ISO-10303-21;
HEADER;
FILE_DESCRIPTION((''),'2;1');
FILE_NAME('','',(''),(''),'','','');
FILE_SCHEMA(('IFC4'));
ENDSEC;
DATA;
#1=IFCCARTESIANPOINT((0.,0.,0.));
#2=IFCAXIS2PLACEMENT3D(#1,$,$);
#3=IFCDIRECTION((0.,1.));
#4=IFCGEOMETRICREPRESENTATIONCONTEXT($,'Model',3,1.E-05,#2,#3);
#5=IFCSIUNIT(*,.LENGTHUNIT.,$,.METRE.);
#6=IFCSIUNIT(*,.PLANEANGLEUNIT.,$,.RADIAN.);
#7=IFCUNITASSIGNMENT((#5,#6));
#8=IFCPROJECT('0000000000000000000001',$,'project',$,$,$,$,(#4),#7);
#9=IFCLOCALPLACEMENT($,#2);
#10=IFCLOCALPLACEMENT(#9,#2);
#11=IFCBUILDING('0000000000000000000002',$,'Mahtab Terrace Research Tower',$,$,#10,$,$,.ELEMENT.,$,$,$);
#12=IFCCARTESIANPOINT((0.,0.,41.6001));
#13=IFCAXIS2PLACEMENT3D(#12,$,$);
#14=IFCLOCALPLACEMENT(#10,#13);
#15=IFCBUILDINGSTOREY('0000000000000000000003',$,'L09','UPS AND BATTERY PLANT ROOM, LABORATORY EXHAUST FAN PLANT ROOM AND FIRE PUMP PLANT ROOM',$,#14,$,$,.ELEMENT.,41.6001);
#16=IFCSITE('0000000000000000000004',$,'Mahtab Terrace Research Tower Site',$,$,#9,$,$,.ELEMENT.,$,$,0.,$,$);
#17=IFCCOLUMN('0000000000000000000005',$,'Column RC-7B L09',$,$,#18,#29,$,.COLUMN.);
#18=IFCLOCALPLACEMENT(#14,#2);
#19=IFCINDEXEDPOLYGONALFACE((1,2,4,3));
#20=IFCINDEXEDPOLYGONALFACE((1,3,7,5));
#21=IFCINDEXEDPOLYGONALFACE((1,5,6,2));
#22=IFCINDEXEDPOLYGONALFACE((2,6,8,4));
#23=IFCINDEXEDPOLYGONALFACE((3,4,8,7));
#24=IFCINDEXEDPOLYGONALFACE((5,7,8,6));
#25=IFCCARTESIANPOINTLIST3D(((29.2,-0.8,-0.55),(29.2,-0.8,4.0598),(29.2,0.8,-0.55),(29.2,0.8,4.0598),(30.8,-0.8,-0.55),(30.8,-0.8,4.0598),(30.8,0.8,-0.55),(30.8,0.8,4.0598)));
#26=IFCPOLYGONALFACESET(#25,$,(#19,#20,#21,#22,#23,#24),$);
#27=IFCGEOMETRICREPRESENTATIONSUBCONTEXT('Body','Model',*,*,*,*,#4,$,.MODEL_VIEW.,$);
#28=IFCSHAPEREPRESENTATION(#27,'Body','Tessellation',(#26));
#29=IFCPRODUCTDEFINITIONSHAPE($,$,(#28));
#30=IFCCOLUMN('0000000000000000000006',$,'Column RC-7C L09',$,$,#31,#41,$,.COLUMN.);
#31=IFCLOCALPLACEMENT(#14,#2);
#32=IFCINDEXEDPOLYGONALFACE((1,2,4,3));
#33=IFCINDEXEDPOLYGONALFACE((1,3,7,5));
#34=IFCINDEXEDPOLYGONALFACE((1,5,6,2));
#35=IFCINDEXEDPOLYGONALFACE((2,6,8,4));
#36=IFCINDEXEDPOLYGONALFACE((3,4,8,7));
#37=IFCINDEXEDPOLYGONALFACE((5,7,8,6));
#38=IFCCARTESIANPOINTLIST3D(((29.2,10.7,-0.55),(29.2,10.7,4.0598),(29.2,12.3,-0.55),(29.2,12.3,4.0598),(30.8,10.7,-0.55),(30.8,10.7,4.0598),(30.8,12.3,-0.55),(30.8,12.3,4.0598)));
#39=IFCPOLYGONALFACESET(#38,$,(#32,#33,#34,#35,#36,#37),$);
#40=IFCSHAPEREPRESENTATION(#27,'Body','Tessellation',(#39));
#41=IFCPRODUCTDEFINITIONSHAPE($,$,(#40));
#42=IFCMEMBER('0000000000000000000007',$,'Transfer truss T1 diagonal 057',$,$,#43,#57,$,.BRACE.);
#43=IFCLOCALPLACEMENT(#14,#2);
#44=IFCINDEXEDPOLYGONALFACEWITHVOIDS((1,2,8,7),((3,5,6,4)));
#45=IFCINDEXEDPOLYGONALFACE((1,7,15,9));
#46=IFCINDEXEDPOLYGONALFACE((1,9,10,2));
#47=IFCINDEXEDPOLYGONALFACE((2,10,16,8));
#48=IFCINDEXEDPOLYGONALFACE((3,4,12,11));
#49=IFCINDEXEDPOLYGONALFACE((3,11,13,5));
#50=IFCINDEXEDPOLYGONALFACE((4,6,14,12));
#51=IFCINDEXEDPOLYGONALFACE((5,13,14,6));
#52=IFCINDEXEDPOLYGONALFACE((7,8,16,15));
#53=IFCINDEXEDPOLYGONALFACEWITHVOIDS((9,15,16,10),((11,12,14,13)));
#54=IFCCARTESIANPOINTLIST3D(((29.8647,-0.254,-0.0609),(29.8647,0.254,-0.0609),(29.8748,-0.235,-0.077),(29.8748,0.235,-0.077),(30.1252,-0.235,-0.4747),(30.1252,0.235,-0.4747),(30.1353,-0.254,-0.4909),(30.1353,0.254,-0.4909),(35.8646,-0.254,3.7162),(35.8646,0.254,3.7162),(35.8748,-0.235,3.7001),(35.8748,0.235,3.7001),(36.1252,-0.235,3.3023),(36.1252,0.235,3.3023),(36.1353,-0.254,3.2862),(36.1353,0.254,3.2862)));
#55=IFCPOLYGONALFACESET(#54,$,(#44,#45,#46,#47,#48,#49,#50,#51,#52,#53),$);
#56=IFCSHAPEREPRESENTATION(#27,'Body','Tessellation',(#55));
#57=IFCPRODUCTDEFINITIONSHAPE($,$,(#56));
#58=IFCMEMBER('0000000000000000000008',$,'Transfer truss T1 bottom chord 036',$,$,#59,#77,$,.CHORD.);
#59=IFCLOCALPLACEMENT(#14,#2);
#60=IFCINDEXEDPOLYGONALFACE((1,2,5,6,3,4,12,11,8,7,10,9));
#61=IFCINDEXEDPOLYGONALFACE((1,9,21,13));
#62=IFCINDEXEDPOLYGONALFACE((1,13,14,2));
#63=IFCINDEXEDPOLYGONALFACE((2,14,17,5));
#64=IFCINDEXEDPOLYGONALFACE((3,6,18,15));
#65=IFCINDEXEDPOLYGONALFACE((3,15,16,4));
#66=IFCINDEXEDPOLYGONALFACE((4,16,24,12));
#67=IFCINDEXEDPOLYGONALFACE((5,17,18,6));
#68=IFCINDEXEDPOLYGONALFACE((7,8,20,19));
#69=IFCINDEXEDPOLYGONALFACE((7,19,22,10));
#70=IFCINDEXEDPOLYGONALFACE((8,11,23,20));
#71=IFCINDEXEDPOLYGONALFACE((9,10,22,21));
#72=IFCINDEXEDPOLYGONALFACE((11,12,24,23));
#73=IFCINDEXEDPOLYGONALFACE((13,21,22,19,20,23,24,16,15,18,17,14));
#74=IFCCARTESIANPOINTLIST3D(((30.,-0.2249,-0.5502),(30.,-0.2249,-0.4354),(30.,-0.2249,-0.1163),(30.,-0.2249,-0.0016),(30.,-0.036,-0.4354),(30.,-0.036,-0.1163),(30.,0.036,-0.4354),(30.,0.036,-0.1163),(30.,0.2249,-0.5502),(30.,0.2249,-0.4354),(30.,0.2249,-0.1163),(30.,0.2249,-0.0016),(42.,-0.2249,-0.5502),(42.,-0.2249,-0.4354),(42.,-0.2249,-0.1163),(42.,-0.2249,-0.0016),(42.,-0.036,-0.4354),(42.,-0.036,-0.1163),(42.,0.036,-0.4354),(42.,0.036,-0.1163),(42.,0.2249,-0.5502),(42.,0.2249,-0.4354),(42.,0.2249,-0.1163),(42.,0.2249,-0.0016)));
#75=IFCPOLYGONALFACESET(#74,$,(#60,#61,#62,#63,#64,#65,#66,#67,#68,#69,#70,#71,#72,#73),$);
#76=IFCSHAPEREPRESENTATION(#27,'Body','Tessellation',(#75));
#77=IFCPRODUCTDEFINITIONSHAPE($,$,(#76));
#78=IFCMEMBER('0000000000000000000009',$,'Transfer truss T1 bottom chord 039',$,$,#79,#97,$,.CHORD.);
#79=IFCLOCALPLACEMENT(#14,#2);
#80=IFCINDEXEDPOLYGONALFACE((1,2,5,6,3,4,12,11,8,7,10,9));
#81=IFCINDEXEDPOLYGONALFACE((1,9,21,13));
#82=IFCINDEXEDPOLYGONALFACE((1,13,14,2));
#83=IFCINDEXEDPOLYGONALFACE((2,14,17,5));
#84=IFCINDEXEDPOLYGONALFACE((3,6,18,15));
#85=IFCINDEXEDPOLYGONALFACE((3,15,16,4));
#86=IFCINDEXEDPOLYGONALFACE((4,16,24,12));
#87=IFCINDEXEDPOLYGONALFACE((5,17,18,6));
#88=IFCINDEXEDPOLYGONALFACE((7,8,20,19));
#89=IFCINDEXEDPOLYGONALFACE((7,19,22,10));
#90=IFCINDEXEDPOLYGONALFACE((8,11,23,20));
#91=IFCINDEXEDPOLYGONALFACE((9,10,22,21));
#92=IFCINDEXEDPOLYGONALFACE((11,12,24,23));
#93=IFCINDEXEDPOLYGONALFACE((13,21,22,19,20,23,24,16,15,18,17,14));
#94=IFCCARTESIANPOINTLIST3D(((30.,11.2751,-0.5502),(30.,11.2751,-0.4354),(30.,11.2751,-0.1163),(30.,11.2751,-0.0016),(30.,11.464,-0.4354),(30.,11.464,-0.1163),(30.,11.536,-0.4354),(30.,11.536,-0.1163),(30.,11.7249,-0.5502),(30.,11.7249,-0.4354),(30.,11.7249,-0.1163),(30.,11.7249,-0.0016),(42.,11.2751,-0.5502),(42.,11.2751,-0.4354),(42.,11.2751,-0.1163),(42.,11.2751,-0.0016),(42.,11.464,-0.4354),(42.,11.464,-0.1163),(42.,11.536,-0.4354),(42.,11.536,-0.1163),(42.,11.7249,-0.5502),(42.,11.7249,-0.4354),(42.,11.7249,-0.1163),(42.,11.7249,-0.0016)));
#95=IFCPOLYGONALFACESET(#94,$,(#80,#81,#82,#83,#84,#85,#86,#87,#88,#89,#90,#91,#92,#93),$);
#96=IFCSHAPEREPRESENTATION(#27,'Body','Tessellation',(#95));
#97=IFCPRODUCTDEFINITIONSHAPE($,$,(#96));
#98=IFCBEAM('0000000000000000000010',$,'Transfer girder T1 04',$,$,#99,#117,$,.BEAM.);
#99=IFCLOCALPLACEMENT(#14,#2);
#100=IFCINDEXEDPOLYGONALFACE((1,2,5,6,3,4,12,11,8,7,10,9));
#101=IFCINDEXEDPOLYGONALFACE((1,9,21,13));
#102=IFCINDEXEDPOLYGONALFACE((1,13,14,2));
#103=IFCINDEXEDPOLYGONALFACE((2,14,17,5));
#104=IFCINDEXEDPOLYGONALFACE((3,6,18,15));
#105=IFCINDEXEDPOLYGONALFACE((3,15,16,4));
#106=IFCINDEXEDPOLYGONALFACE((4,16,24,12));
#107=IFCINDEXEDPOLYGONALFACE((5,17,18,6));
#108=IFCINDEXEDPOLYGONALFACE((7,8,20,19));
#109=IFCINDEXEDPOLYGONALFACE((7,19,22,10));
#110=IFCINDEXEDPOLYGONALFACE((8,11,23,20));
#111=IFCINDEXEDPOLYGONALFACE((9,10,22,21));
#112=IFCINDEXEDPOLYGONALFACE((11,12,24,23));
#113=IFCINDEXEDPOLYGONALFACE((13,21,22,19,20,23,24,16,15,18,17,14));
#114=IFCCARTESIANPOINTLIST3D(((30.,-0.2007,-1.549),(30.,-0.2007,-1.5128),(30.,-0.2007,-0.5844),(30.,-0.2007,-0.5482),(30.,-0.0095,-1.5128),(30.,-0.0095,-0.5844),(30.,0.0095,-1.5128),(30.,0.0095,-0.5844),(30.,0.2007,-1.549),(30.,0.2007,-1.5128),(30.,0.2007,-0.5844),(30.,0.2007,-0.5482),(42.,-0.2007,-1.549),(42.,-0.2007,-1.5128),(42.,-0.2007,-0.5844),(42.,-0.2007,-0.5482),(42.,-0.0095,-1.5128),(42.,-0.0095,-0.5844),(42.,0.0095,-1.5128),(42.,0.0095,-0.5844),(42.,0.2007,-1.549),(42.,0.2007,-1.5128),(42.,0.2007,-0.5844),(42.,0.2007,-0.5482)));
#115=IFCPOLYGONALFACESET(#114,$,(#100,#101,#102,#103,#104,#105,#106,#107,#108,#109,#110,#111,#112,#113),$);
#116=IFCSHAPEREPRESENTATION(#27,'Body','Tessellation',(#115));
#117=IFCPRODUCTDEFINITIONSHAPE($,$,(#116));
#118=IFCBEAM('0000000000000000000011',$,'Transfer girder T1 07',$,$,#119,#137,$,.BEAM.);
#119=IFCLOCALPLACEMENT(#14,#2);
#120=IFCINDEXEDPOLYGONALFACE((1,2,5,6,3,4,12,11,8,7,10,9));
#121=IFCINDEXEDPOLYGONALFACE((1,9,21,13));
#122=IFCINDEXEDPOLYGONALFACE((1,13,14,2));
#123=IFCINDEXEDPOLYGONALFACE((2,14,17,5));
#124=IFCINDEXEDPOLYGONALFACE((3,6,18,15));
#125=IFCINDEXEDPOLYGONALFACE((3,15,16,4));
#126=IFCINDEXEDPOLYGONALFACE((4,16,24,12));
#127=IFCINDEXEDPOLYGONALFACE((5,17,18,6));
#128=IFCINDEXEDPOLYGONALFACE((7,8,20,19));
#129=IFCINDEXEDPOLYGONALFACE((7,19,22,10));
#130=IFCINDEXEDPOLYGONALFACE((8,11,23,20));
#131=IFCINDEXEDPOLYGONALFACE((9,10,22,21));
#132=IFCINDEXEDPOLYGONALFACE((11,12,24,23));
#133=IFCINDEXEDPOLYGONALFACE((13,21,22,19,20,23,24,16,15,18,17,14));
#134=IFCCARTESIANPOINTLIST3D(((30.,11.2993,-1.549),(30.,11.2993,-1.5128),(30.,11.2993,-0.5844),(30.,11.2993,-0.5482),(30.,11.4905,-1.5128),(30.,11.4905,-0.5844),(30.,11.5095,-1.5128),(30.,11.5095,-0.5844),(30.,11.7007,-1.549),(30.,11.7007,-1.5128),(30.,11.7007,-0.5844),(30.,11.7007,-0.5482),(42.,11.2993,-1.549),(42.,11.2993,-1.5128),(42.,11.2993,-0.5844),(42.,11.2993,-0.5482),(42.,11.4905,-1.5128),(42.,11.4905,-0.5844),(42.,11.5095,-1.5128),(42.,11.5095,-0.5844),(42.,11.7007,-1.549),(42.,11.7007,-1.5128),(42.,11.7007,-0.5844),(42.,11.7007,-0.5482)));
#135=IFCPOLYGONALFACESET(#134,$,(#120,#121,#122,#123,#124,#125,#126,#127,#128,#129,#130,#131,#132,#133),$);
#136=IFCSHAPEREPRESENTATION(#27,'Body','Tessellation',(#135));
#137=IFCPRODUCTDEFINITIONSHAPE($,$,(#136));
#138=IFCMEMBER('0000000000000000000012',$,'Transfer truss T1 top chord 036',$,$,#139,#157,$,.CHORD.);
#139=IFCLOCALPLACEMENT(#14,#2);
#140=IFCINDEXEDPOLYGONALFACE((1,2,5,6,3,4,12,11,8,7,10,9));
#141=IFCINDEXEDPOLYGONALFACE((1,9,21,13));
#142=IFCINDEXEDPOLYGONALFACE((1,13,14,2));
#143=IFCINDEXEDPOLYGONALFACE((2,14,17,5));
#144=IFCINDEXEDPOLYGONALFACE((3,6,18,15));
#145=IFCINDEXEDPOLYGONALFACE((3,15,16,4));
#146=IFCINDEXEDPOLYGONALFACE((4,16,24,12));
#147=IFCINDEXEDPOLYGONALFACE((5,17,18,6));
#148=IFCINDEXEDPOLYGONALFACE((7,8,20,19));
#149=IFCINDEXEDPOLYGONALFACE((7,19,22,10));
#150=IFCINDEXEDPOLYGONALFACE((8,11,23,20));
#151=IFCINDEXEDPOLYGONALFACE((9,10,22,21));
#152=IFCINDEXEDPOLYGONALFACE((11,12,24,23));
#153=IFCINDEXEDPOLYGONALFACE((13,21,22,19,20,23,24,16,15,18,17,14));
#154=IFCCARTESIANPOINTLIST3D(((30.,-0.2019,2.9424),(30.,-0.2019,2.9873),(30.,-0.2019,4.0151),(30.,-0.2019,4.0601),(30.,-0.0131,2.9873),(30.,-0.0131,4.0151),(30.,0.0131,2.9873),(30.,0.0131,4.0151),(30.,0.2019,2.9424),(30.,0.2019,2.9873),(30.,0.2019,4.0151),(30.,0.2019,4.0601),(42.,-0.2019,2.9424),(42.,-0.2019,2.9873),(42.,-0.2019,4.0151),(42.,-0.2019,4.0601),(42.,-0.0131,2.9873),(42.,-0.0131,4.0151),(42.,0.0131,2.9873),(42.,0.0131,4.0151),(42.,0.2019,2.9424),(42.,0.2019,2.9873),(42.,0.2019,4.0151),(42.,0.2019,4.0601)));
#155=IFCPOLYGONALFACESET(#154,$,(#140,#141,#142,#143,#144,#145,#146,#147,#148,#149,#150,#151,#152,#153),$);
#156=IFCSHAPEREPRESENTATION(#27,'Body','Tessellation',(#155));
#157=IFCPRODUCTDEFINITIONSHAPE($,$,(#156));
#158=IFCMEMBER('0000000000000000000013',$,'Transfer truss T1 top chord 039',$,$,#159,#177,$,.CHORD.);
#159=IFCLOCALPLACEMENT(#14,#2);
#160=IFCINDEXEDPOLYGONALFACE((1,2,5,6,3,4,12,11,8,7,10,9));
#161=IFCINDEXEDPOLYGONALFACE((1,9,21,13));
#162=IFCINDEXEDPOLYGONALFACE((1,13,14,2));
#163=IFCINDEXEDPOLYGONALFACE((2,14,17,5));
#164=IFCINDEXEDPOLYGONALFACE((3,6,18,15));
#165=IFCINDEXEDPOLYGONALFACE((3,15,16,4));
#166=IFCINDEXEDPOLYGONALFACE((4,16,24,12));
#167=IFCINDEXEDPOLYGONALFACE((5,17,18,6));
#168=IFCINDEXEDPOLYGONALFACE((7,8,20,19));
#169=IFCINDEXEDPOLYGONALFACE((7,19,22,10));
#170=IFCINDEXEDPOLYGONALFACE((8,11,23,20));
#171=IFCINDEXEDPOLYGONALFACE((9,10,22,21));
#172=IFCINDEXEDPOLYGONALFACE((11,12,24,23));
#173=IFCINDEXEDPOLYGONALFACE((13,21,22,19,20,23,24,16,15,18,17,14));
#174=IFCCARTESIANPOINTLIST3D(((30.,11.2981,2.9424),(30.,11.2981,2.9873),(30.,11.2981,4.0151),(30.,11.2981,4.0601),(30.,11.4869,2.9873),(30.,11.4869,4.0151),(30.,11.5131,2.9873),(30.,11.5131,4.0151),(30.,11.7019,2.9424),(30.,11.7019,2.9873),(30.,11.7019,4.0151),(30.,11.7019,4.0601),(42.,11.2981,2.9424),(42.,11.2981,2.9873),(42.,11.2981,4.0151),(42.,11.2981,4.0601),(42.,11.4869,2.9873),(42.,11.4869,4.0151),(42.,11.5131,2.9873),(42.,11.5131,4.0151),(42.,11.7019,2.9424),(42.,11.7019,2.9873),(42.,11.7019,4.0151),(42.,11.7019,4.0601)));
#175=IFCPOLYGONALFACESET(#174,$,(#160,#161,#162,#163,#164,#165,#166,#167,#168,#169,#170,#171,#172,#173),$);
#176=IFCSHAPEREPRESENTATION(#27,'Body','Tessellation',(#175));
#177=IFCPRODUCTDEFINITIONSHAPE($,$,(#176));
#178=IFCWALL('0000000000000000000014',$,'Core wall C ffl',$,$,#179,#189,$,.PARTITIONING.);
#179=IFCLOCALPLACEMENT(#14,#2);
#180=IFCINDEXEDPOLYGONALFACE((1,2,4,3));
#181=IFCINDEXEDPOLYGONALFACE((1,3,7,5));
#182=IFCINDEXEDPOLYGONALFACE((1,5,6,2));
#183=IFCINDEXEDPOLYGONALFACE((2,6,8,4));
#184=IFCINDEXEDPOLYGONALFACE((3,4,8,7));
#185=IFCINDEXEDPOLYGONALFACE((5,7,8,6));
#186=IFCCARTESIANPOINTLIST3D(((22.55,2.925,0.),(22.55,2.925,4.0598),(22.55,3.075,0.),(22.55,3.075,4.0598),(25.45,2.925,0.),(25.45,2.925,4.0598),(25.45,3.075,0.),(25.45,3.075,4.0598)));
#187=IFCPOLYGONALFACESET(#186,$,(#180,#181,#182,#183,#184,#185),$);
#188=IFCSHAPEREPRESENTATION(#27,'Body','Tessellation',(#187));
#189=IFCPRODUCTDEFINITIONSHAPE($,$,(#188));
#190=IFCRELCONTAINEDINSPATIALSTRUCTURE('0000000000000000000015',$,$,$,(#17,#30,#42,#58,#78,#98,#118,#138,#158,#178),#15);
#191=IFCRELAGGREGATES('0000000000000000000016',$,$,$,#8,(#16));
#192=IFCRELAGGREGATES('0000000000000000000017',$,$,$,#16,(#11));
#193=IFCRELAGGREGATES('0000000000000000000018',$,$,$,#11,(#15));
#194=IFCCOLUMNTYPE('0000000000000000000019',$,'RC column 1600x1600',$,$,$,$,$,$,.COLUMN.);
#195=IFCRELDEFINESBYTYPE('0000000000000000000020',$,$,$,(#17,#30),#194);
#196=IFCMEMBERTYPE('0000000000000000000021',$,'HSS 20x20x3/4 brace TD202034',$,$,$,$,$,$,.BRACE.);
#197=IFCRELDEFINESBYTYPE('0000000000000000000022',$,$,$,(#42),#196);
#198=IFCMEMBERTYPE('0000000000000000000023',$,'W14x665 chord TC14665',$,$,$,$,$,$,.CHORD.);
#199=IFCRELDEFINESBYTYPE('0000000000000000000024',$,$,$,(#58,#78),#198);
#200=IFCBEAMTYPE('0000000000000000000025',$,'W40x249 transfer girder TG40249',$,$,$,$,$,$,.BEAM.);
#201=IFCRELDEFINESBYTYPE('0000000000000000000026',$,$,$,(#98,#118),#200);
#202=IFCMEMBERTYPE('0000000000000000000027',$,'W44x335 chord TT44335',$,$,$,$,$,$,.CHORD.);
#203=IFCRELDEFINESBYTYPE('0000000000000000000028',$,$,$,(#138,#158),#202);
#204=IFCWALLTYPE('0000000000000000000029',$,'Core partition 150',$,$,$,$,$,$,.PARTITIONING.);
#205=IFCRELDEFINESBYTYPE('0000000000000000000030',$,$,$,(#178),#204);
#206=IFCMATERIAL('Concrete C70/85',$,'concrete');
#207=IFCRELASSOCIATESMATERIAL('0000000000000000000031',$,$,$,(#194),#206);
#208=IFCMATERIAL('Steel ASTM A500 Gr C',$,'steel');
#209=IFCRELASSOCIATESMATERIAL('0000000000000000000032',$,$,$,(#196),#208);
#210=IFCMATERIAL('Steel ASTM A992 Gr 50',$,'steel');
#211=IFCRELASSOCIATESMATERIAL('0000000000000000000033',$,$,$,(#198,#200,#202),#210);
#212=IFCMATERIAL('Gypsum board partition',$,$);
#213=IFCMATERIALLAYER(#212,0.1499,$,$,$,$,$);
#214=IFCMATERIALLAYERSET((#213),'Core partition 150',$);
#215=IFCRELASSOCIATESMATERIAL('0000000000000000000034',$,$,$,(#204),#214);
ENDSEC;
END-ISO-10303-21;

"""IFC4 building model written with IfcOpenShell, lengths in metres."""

from ifc_helpers import new_model, si_unit, direction, frame, frame_2d, origin, origin_2d, place, context, subcontext, project, spatial, rectangle, hollow_rectangle, i_section, extrude, material, layer, layer_set, material_profile, profile_set, type_object, element, save


model = new_model("IFC4")

# Units and contexts
model_context = context("Model", 3, precision=1e-05, world=origin(), true_north=direction((0.0, 1.0)))
body_context = subcontext(model_context, "Body", "Model", "MODEL_VIEW")
ifc_project = project(units=[si_unit("LENGTHUNIT", "METRE"), si_unit("PLANEANGLEUNIT", "RADIAN")], contexts=[model_context])

# Site, building, storey
site_placement = place(None, origin())
site = spatial("IfcSite", under=ifc_project, at=site_placement, Name="Mahtab Terrace Research Tower Site", CompositionType="ELEMENT", RefElevation=0.0)
building_placement = place(site_placement, origin())
building = spatial("IfcBuilding", under=site, at=building_placement, Name="Mahtab Terrace Research Tower", CompositionType="ELEMENT")
storey_placement = place(building_placement, frame((0.0, 0.0, 41.6001)))
storey = spatial("IfcBuildingStorey", under=building, at=storey_placement, Name="L09", Description="UPS AND BATTERY PLANT ROOM, LABORATORY EXHAUST FAN PLANT ROOM AND FIRE PUMP PLANT ROOM", CompositionType="ELEMENT", Elevation=41.6001)

# Columns
ifc_material_1 = material(Name="Concrete C70/85", Category="concrete")
ifc_material_profile_1 = material_profile(ifc_material_1, rectangle(XDim=1.6001, YDim=1.6001, at=origin_2d()), Name="RC column 1600x1600")
ifc_profile_set_1 = profile_set([ifc_material_profile_1], Name="Concrete C70/85")
column_type = type_object("IfcColumnType", Name="RC column 1600x1600", PredefinedType="COLUMN", material=ifc_profile_set_1)
for number, where, z_axis, x_axis, name in (
    (1, (30.0, 0.0, -0.55), (0.0, 0.0, 1.0), (1.0, 0.0, 0.0), "Column RC-7B L09"),
    (2, (30.0, 11.5, -0.55), (0.0, 0.0, 1.0), (1.0, 0.0, 0.0), "Column RC-7C L09"),
):
    element("IfcColumn", number, at=place(storey_placement, frame(where, z_axis=z_axis, x_axis=x_axis)), inside=storey, type_object=column_type, Name=name, PredefinedType="COLUMN", context=body_context, shape_type="SweptSolid", body=[
        extrude(rectangle(XDim=1.6001, YDim=1.6001, at=origin_2d()), origin(), (0.0, 0.0, 1.0), 4.6099),
    ])

# Members
ifc_material_2 = material(Name="Steel ASTM A500 Gr C", Category="steel")
ifc_material_profile_2 = material_profile(ifc_material_2, hollow_rectangle(XDim=0.5081, YDim=0.5081, WallThickness=0.019, at=origin_2d()), Name="HSS20X20X3/4")
ifc_profile_set_2 = profile_set([ifc_material_profile_2], Name="Steel ASTM A500 Gr C")
member_type_1 = type_object("IfcMemberType", Name="HSS 20x20x3/4 brace TD202034", PredefinedType="BRACE", material=ifc_profile_set_2)
member_placement = place(storey_placement, frame((30.0, 0.0, -0.2759), z_axis=(0.846276, 0.0, 0.532745), x_axis=(0.0, 1.0, 0.0)))
element("IfcMember", 3, at=member_placement, inside=storey, type_object=member_type_1, Name="Transfer truss T1 diagonal 057", PredefinedType="BRACE", context=body_context, shape_type="SweptSolid", body=[
    extrude(hollow_rectangle(XDim=0.5081, YDim=0.5081, WallThickness=0.019, at=origin_2d()), origin(), (0.0, 0.0, 1.0), 7.0898),
])
ifc_material_3 = material(Name="Steel ASTM A992 Gr 50", Category="steel")
ifc_material_profile_3 = material_profile(ifc_material_3, i_section(OverallWidth=0.4497, OverallDepth=0.5486, WebThickness=0.072, FlangeThickness=0.1147, at=origin_2d()), Name="W14X665")
ifc_profile_set_3 = profile_set([ifc_material_profile_3], Name="Steel ASTM A992 Gr 50")
member_type_2 = type_object("IfcMemberType", Name="W14x665 chord TC14665", PredefinedType="CHORD", material=ifc_profile_set_3)
for number, where, z_axis, x_axis, name in (
    (4, (30.0, 0.0, -0.2759), (1.0, 0.0, 0.0), (0.0, 1.0, 0.0), "Transfer truss T1 bottom chord 036"),
    (5, (30.0, 11.5, -0.2759), (1.0, 0.0, 0.0), (0.0, 1.0, 0.0), "Transfer truss T1 bottom chord 039"),
):
    element("IfcMember", number, at=place(storey_placement, frame(where, z_axis=z_axis, x_axis=x_axis)), inside=storey, type_object=member_type_2, Name=name, PredefinedType="CHORD", context=body_context, shape_type="SweptSolid", body=[
        extrude(i_section(OverallWidth=0.4497, OverallDepth=0.5486, WebThickness=0.072, FlangeThickness=0.1147, at=origin_2d()), origin(), (0.0, 0.0, 1.0), 12.0),
    ])

# Beams
ifc_material_profile_4 = material_profile(ifc_material_3, i_section(OverallWidth=0.4014, OverallDepth=1.0007, WebThickness=0.019, FlangeThickness=0.0361, at=origin_2d()), Name="W40X249")
ifc_profile_set_4 = profile_set([ifc_material_profile_4], Name="Steel ASTM A992 Gr 50")
beam_type = type_object("IfcBeamType", Name="W40x249 transfer girder TG40249", PredefinedType="BEAM", material=ifc_profile_set_4)
for number, where, z_axis, x_axis, name in (
    (6, (30.0, 0.0, -1.0486), (1.0, 0.0, 0.0), (0.0, 1.0, 0.0), "Transfer girder T1 04"),
    (7, (30.0, 11.5, -1.0486), (1.0, 0.0, 0.0), (0.0, 1.0, 0.0), "Transfer girder T1 07"),
):
    element("IfcBeam", number, at=place(storey_placement, frame(where, z_axis=z_axis, x_axis=x_axis)), inside=storey, type_object=beam_type, Name=name, PredefinedType="BEAM", context=body_context, shape_type="SweptSolid", body=[
        extrude(i_section(OverallWidth=0.4014, OverallDepth=1.0007, WebThickness=0.019, FlangeThickness=0.0361, at=origin_2d()), origin(), (0.0, 0.0, 1.0), 12.0),
    ])

# Members
ifc_material_profile_5 = material_profile(ifc_material_3, i_section(OverallWidth=0.4038, OverallDepth=1.1177, WebThickness=0.0261, FlangeThickness=0.0449, at=origin_2d()), Name="W44X335")
ifc_profile_set_5 = profile_set([ifc_material_profile_5], Name="Steel ASTM A992 Gr 50")
member_type_3 = type_object("IfcMemberType", Name="W44x335 chord TT44335", PredefinedType="CHORD", material=ifc_profile_set_5)
for number, where, z_axis, x_axis, name in (
    (8, (30.0, 0.0, 3.5012), (1.0, 0.0, 0.0), (0.0, 1.0, 0.0), "Transfer truss T1 top chord 036"),
    (9, (30.0, 11.5, 3.5012), (1.0, 0.0, 0.0), (0.0, 1.0, 0.0), "Transfer truss T1 top chord 039"),
):
    element("IfcMember", number, at=place(storey_placement, frame(where, z_axis=z_axis, x_axis=x_axis)), inside=storey, type_object=member_type_3, Name=name, PredefinedType="CHORD", context=body_context, shape_type="SweptSolid", body=[
        extrude(i_section(OverallWidth=0.4038, OverallDepth=1.1177, WebThickness=0.0261, FlangeThickness=0.0449, at=origin_2d()), origin(), (0.0, 0.0, 1.0), 12.0),
    ])

# Wall
ifc_material_4 = material(Name="Gypsum board partition")
ifc_layer_1 = layer(ifc_material_4, 0.1499)
ifc_layer_set_1 = layer_set([ifc_layer_1], Name="Core partition 150")
wall_type_1 = type_object("IfcWallType", Name="Core partition 150", PredefinedType="PARTITIONING", material=ifc_layer_set_1)
wall_placement = place(storey_placement, frame((22.55, 3.0, 0.0), z_axis=(0.0, 0.0, 1.0), x_axis=(1.0, 0.0, 0.0)))
element("IfcWall", 10, at=wall_placement, inside=storey, type_object=wall_type_1, Name="Core wall C ffl", PredefinedType="PARTITIONING", context=body_context, shape_type="SweptSolid", body=[
    extrude(rectangle(XDim=2.8999, YDim=0.1499, at=frame_2d((1.45, 0.0))), origin(), (0.0, 0.0, 1.0), 4.0598),
])

save(model, "model.ifc")
